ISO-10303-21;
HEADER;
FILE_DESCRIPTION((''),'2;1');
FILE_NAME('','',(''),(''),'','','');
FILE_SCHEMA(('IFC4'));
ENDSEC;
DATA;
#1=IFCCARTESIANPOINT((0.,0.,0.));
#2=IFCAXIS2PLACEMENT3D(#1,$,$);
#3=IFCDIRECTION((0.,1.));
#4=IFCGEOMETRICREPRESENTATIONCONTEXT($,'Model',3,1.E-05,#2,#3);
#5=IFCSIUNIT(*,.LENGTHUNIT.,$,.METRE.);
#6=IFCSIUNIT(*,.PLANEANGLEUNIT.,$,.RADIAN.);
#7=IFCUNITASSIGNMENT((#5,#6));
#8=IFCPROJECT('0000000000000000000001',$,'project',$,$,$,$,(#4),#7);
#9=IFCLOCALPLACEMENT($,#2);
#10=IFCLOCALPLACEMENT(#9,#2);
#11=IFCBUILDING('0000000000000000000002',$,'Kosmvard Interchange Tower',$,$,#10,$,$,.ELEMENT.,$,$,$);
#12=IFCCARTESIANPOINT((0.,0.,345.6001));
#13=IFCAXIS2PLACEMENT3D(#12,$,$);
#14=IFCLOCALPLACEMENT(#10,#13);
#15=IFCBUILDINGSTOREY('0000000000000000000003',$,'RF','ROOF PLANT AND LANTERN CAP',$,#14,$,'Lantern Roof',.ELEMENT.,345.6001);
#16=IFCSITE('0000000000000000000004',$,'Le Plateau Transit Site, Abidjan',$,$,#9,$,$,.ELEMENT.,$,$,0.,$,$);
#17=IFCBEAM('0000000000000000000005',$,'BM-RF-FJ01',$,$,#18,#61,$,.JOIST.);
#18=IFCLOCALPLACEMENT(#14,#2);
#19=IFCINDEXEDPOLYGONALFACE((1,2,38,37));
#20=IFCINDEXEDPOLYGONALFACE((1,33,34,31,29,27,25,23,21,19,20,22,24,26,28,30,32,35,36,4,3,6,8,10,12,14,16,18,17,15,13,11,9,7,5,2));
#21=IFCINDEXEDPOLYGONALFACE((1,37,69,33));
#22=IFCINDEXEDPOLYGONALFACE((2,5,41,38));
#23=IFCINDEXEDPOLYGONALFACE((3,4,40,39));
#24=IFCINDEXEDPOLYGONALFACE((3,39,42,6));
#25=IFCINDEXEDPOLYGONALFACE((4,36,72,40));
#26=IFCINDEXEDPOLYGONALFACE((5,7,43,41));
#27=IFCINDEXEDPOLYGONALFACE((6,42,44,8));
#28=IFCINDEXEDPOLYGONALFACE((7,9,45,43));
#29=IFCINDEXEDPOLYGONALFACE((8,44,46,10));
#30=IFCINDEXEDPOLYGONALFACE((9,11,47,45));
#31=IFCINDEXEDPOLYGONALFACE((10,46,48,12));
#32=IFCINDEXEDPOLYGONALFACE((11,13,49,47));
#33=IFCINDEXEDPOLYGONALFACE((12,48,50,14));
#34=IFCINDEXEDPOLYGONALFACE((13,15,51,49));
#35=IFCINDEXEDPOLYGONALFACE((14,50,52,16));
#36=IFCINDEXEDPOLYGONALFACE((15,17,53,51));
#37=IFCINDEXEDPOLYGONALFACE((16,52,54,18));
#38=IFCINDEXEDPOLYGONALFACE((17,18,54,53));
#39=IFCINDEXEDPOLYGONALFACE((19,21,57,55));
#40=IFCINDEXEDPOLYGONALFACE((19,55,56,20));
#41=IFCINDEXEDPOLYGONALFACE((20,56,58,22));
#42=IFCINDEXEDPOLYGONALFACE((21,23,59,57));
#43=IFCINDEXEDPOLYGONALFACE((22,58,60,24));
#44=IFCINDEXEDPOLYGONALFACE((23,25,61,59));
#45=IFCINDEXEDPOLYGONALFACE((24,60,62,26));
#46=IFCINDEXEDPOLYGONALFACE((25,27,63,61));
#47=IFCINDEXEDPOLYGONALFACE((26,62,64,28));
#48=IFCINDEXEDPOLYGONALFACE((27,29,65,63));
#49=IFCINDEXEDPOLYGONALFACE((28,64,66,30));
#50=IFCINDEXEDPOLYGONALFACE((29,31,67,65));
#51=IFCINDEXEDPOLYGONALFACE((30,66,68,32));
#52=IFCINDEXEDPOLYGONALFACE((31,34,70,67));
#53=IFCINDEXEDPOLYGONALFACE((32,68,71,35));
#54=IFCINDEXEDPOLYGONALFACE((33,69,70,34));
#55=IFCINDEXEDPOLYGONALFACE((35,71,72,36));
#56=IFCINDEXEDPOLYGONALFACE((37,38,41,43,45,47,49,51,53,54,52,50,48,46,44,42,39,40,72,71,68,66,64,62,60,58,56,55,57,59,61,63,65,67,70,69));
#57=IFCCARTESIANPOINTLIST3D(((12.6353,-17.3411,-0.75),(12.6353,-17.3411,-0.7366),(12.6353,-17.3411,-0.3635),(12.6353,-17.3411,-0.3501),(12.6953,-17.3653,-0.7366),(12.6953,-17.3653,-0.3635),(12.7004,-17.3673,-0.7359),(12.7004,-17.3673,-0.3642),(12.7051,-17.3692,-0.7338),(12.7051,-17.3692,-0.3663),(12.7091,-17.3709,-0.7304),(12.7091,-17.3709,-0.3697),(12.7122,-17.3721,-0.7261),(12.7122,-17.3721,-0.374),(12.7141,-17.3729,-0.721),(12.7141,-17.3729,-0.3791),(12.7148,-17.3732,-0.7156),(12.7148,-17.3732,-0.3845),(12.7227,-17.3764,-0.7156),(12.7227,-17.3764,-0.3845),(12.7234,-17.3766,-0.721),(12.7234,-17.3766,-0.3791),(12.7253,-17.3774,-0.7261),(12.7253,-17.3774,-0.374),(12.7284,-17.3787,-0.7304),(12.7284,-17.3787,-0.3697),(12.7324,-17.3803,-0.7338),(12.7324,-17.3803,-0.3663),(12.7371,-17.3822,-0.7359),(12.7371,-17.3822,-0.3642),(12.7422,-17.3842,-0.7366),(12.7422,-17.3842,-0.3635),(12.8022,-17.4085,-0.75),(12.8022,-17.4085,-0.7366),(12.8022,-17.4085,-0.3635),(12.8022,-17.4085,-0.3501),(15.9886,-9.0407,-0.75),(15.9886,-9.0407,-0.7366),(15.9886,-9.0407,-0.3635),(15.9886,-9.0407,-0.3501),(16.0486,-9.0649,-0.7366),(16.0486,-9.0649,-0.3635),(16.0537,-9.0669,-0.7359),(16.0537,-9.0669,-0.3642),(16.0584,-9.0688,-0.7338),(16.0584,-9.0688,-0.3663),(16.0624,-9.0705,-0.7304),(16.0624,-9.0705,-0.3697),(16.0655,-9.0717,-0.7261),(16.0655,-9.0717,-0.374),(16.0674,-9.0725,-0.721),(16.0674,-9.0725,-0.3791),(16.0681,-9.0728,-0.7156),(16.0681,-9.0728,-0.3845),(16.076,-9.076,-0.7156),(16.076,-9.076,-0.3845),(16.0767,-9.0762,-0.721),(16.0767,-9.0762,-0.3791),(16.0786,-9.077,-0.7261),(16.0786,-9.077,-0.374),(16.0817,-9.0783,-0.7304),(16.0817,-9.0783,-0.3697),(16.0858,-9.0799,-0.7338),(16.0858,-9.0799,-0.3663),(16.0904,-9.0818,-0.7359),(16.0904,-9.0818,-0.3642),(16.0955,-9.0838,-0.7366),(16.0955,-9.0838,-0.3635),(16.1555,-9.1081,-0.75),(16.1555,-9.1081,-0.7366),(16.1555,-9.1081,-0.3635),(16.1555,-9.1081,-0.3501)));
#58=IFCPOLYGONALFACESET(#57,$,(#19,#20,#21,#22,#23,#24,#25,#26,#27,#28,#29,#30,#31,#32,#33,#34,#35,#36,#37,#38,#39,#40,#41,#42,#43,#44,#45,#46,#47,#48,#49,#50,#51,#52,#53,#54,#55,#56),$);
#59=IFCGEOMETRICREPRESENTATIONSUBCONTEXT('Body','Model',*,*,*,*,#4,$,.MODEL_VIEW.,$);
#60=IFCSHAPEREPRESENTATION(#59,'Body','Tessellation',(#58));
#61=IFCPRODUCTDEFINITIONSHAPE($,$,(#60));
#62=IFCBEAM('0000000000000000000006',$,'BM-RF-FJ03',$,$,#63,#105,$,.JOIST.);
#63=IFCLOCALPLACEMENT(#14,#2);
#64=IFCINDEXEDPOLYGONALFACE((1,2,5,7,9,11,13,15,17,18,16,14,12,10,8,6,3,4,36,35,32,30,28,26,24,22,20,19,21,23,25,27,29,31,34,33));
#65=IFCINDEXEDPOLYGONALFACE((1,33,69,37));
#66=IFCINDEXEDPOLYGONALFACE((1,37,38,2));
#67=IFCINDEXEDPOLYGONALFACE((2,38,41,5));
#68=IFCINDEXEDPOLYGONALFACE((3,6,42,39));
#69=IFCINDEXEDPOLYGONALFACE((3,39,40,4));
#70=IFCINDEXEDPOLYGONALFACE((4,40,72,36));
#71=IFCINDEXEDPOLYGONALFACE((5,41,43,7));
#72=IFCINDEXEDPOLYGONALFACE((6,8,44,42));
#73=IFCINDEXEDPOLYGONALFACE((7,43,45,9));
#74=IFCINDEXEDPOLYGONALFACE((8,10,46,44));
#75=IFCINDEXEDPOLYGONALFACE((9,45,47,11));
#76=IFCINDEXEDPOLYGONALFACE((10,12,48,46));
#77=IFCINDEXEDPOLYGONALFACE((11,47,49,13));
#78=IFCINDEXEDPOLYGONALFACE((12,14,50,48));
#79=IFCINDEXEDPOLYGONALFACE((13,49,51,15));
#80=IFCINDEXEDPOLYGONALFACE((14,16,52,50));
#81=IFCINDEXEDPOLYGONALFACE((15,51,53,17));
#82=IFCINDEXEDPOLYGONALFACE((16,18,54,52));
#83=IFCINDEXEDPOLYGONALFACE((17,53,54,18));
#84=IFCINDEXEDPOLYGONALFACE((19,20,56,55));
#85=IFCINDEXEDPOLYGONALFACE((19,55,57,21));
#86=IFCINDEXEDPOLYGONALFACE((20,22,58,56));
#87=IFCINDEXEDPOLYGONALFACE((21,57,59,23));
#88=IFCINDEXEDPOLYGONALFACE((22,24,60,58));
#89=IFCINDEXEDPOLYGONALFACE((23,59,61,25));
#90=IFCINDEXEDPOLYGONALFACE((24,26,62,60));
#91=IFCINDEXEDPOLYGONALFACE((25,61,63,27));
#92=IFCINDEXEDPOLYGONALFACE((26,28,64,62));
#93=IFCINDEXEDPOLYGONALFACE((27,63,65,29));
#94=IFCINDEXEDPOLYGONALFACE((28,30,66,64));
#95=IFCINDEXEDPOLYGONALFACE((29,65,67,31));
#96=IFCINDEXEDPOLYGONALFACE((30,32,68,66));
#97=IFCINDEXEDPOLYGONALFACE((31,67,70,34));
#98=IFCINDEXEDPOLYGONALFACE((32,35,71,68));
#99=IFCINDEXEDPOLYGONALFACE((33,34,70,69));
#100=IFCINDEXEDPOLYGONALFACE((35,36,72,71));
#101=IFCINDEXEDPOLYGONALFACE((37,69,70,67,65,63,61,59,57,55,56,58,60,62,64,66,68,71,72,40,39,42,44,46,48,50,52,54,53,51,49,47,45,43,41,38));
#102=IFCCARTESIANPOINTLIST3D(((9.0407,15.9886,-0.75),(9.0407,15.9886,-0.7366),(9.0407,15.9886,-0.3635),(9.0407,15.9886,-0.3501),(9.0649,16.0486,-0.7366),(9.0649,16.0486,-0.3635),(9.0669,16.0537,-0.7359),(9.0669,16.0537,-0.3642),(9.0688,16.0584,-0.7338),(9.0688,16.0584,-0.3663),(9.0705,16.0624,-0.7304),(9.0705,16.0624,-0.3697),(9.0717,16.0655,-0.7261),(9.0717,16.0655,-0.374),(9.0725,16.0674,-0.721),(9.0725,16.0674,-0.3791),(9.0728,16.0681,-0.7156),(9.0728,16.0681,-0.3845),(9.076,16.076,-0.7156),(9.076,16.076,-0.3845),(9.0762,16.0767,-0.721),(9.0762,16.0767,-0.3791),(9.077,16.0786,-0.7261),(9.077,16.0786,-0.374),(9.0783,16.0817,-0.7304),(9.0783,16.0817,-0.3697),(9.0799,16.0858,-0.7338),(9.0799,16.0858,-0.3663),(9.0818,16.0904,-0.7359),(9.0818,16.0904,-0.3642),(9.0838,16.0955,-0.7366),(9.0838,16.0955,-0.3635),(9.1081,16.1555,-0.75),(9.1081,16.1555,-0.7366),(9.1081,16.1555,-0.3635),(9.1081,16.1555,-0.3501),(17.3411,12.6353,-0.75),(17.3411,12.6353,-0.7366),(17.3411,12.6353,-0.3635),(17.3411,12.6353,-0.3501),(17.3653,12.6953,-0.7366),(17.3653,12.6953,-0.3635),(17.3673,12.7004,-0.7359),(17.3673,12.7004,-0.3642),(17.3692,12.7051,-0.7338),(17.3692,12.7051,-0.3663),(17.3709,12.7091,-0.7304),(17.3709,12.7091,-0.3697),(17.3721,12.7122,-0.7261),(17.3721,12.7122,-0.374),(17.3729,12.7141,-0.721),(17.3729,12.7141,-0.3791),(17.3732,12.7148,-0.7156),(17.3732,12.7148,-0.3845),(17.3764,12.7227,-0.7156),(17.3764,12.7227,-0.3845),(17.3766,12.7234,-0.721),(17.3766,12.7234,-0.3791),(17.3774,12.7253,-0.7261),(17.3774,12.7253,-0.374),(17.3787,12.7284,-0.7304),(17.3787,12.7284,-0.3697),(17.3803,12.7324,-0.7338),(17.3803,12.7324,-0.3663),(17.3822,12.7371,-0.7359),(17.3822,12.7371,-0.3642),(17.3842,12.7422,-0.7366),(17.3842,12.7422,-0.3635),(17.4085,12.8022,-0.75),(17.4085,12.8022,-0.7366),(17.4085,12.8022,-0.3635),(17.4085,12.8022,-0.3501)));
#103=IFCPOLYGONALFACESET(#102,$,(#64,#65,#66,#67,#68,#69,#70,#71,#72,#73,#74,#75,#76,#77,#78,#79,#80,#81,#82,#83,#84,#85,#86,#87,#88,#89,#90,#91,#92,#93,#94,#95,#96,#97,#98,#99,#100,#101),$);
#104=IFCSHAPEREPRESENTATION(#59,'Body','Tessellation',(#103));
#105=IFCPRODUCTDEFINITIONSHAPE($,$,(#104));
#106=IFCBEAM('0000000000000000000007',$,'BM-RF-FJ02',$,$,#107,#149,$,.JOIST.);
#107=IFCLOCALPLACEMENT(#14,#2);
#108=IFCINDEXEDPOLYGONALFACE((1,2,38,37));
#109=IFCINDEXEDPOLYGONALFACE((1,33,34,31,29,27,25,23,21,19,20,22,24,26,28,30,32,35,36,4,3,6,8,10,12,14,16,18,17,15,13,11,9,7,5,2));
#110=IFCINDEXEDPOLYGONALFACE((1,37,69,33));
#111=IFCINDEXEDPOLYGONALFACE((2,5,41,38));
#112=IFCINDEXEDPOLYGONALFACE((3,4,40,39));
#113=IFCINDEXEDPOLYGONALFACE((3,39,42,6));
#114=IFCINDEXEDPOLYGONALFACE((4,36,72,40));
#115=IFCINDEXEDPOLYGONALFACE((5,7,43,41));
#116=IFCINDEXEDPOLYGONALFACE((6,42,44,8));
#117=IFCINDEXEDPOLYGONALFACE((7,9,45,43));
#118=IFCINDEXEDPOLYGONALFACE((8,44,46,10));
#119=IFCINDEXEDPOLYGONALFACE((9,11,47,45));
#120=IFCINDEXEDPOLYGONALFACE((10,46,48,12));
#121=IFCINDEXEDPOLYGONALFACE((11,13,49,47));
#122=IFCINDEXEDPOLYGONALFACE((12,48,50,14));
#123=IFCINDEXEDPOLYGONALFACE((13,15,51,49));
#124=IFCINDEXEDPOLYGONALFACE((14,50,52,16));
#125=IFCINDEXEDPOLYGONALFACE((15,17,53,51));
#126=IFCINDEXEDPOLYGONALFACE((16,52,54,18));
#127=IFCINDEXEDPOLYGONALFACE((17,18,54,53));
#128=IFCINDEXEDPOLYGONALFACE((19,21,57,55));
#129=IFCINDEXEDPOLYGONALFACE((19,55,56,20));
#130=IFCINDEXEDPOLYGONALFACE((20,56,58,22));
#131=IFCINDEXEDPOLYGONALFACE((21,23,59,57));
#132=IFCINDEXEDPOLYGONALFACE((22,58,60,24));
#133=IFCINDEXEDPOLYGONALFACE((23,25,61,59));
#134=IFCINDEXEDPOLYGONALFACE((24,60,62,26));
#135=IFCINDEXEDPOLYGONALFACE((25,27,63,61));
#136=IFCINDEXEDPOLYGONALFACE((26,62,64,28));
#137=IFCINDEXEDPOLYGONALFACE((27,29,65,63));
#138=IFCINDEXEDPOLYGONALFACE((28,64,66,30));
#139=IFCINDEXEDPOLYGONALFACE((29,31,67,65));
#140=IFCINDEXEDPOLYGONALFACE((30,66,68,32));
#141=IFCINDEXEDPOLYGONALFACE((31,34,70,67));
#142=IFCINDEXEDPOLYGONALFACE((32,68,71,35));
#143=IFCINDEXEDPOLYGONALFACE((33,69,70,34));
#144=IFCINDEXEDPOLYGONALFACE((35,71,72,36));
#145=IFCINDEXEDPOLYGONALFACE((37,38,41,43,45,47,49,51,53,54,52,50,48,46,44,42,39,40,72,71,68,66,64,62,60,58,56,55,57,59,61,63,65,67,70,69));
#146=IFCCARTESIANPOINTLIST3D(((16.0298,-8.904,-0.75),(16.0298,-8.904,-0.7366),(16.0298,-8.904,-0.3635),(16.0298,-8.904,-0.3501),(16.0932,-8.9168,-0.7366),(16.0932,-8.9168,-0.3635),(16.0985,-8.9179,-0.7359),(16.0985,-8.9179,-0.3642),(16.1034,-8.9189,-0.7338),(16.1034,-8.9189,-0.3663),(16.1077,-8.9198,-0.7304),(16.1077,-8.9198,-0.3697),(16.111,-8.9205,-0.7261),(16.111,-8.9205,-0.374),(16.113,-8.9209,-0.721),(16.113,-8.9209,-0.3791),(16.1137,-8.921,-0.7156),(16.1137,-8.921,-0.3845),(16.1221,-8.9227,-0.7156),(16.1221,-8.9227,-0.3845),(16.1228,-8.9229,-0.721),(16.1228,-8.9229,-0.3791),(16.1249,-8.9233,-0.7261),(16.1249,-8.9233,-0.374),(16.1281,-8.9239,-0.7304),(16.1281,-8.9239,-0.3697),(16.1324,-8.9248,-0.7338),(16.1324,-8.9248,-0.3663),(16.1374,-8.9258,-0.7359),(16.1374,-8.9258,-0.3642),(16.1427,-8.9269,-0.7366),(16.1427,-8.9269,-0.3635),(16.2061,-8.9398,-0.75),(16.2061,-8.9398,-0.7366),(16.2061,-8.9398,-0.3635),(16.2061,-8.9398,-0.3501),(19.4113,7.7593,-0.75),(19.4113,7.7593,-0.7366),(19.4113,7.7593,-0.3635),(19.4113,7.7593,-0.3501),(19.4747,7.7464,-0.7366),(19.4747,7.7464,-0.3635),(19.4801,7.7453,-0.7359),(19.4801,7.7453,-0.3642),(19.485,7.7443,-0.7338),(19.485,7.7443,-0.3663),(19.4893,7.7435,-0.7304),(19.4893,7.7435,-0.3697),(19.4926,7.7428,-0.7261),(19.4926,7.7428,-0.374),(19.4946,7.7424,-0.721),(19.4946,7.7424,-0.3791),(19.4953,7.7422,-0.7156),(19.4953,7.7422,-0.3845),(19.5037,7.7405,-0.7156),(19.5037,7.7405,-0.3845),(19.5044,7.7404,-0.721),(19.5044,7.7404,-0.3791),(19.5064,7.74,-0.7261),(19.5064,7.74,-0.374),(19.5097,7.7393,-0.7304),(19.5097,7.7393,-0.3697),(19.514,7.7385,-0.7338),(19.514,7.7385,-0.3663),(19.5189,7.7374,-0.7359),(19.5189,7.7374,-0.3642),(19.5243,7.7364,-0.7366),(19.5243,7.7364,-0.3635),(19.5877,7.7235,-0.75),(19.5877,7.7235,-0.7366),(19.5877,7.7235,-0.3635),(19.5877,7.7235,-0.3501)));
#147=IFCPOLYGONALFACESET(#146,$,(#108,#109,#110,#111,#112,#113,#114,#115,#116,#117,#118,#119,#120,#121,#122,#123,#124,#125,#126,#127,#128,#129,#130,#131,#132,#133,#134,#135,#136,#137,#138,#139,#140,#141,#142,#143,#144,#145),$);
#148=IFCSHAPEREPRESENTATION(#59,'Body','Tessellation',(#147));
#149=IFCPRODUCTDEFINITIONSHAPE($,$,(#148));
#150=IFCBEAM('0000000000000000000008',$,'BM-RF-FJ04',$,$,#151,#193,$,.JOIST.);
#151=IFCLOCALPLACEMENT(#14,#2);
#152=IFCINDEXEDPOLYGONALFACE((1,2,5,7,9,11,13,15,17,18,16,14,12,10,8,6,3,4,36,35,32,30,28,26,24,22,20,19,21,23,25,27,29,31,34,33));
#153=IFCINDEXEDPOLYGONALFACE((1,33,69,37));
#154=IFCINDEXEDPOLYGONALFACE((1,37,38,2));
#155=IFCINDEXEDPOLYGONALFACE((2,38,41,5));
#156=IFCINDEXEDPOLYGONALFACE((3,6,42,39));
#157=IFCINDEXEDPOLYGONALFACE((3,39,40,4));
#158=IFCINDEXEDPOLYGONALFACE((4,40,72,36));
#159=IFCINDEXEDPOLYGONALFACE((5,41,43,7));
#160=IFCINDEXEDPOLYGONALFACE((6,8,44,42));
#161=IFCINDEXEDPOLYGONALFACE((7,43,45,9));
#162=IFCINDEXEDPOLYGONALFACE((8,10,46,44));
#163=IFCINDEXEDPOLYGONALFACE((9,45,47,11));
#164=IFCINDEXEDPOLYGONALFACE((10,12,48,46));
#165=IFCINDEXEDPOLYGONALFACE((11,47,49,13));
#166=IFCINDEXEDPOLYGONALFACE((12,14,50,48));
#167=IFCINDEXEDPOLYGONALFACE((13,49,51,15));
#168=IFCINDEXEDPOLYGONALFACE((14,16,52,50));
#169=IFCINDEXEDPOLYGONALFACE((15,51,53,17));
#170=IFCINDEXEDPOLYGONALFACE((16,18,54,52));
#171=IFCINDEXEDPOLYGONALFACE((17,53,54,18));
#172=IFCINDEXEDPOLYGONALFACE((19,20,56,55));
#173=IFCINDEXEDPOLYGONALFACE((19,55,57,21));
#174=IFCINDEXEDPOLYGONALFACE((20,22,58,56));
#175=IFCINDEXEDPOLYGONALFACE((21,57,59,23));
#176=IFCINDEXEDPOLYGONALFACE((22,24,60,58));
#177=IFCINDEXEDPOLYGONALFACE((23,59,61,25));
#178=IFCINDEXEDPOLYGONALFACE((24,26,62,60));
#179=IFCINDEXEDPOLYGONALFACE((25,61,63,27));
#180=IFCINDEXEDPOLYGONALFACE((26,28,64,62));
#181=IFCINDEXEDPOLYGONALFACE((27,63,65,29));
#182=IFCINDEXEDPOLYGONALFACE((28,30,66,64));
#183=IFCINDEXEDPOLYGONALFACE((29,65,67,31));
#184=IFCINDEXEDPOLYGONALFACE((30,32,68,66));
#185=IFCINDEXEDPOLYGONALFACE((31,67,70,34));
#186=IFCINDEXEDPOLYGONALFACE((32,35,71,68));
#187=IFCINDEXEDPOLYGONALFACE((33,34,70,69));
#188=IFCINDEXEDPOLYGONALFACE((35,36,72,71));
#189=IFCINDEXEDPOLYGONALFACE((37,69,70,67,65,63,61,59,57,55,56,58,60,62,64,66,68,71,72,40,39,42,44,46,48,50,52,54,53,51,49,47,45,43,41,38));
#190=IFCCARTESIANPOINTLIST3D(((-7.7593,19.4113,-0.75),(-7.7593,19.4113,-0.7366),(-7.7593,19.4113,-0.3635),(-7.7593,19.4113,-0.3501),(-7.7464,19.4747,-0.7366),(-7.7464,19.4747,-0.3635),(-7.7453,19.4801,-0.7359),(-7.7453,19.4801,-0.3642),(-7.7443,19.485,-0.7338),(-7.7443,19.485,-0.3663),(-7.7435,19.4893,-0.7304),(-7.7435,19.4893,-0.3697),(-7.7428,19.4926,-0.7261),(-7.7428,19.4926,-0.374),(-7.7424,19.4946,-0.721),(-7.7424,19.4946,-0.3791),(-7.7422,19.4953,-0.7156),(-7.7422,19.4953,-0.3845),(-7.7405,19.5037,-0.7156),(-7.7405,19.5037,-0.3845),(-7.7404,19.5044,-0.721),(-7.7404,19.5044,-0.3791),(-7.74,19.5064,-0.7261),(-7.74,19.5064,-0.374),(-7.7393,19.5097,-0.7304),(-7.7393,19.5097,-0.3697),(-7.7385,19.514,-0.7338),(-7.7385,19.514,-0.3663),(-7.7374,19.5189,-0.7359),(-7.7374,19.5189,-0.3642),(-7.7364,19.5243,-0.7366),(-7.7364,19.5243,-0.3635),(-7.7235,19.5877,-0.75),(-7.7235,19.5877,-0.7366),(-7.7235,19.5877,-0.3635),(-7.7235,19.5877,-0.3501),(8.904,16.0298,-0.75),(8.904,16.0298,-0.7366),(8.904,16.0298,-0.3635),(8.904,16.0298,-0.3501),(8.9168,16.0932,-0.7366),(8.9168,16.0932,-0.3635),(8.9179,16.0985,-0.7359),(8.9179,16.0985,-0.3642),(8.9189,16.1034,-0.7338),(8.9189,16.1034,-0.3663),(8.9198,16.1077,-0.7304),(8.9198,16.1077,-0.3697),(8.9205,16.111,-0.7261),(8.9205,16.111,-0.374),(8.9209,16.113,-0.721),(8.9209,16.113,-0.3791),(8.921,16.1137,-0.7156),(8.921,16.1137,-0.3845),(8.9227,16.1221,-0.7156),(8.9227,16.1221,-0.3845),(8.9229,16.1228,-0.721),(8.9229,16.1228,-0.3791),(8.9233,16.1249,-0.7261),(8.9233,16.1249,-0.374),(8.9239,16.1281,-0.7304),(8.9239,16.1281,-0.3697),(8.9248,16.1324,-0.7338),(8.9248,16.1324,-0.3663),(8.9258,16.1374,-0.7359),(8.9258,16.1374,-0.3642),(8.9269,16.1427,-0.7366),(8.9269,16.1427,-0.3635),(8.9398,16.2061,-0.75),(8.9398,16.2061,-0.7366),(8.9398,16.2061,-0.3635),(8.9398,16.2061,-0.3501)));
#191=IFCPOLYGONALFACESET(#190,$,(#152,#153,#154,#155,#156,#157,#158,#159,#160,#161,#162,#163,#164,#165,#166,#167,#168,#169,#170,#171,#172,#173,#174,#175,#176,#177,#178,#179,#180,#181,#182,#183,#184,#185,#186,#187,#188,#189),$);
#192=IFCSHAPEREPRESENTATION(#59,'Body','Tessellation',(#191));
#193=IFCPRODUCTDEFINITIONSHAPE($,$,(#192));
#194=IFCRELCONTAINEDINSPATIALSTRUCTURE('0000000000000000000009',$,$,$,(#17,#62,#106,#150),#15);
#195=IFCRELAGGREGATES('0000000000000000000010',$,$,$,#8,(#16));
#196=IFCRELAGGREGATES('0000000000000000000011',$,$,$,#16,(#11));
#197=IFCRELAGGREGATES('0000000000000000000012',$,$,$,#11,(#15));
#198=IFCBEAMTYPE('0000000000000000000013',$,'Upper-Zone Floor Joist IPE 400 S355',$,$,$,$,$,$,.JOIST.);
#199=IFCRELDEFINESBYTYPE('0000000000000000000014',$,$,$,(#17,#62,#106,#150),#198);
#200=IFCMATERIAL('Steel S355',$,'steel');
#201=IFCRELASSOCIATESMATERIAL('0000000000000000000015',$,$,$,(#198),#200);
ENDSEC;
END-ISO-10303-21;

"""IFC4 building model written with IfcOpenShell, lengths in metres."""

from ifc_helpers import new_model, si_unit, direction, frame, origin, origin_2d, place, context, subcontext, project, spatial, i_section, extrude, source, transform, mapped, material, material_profile, profile_set, type_object, element, save


model = new_model("IFC4")

# Units and contexts
model_context = context("Model", 3, precision=1e-05, world=origin(), true_north=direction((0.0, 1.0)))
body_context = subcontext(model_context, "Body", "Model", "MODEL_VIEW")
ifc_project = project(units=[si_unit("LENGTHUNIT", "METRE"), si_unit("PLANEANGLEUNIT", "RADIAN")], contexts=[model_context])

# Site, building, storey
site_placement = place(None, origin())
site = spatial("IfcSite", under=ifc_project, at=site_placement, Name="Le Plateau Transit Site, Abidjan", CompositionType="ELEMENT", RefElevation=0.0)
building_placement = place(site_placement, origin())
building = spatial("IfcBuilding", under=site, at=building_placement, Name="Kosmvard Interchange Tower", CompositionType="ELEMENT")
storey_placement = place(building_placement, frame((0.0, 0.0, 345.6001)))
storey = spatial("IfcBuildingStorey", under=building, at=storey_placement, Name="RF", Description="ROOF PLANT AND LANTERN CAP", LongName="Lantern Roof", CompositionType="ELEMENT", Elevation=345.6001)

# Beams
ifc_material_1 = material(Name="Steel S355", Category="steel")
ifc_material_profile_1 = material_profile(ifc_material_1, i_section(OverallWidth=0.1799, OverallDepth=0.3999, WebThickness=0.0085, FlangeThickness=0.0134, FilletRadius=0.021, at=origin_2d()), Name="IPE 400")
ifc_profile_set_1 = profile_set([ifc_material_profile_1], Name="Steel S355")
beam_type_1 = type_object("IfcBeamType", Name="Upper-Zone Floor Joist IPE 400 S355", PredefinedType="JOIST", material=ifc_profile_set_1)
shared_shape_1 = source(origin(), body_context, "Body", "SweptSolid", [
    extrude(i_section(OverallWidth=0.1799, OverallDepth=0.3999, WebThickness=0.0085, FlangeThickness=0.0134, FilletRadius=0.021, at=origin_2d()), origin(), (0.0, 0.0, 1.0), 8.9521),
])
for number, where, z_axis, x_axis, name in (
    (1, (12.7188, -17.3748, -0.55), (0.374581, 0.927194, 0.0), (-0.927194, 0.374581, 0.0), "BM-RF-FJ01"),
    (2, (17.3748, 12.7188, -0.55), (-0.927194, 0.374581, 0.0), (-0.374581, -0.927194, 0.0), "BM-RF-FJ03"),
):
    element("IfcBeam", number, at=place(storey_placement, frame(where, z_axis=z_axis, x_axis=x_axis)), inside=storey, type_object=beam_type_1, Name=name, PredefinedType="JOIST", context=body_context, shape_type="MappedRepresentation", body=[
        mapped(shared_shape_1, transform((0.0, 0.0, 0.0), scale=1.0)),
    ])
shared_shape_2 = source(origin(), body_context, "Body", "SweptSolid", [
    extrude(i_section(OverallWidth=0.1799, OverallDepth=0.3999, WebThickness=0.0085, FlangeThickness=0.0134, FilletRadius=0.021, at=origin_2d()), origin(), (0.0, 0.0, 1.0), 17.0029),
])
for number, where, z_axis, x_axis, name in (
    (3, (16.1179, -8.9219, -0.55), (0.198882, 0.980023, 0.0), (-0.980023, 0.198882, 0.0), "BM-RF-FJ02"),
    (4, (8.9219, 16.1179, -0.55), (-0.980023, 0.198882, 0.0), (-0.198882, -0.980023, 0.0), "BM-RF-FJ04"),
):
    element("IfcBeam", number, at=place(storey_placement, frame(where, z_axis=z_axis, x_axis=x_axis)), inside=storey, type_object=beam_type_1, Name=name, PredefinedType="JOIST", context=body_context, shape_type="MappedRepresentation", body=[
        mapped(shared_shape_2, transform((0.0, 0.0, 0.0), scale=1.0)),
    ])

save(model, "model.ifc")
